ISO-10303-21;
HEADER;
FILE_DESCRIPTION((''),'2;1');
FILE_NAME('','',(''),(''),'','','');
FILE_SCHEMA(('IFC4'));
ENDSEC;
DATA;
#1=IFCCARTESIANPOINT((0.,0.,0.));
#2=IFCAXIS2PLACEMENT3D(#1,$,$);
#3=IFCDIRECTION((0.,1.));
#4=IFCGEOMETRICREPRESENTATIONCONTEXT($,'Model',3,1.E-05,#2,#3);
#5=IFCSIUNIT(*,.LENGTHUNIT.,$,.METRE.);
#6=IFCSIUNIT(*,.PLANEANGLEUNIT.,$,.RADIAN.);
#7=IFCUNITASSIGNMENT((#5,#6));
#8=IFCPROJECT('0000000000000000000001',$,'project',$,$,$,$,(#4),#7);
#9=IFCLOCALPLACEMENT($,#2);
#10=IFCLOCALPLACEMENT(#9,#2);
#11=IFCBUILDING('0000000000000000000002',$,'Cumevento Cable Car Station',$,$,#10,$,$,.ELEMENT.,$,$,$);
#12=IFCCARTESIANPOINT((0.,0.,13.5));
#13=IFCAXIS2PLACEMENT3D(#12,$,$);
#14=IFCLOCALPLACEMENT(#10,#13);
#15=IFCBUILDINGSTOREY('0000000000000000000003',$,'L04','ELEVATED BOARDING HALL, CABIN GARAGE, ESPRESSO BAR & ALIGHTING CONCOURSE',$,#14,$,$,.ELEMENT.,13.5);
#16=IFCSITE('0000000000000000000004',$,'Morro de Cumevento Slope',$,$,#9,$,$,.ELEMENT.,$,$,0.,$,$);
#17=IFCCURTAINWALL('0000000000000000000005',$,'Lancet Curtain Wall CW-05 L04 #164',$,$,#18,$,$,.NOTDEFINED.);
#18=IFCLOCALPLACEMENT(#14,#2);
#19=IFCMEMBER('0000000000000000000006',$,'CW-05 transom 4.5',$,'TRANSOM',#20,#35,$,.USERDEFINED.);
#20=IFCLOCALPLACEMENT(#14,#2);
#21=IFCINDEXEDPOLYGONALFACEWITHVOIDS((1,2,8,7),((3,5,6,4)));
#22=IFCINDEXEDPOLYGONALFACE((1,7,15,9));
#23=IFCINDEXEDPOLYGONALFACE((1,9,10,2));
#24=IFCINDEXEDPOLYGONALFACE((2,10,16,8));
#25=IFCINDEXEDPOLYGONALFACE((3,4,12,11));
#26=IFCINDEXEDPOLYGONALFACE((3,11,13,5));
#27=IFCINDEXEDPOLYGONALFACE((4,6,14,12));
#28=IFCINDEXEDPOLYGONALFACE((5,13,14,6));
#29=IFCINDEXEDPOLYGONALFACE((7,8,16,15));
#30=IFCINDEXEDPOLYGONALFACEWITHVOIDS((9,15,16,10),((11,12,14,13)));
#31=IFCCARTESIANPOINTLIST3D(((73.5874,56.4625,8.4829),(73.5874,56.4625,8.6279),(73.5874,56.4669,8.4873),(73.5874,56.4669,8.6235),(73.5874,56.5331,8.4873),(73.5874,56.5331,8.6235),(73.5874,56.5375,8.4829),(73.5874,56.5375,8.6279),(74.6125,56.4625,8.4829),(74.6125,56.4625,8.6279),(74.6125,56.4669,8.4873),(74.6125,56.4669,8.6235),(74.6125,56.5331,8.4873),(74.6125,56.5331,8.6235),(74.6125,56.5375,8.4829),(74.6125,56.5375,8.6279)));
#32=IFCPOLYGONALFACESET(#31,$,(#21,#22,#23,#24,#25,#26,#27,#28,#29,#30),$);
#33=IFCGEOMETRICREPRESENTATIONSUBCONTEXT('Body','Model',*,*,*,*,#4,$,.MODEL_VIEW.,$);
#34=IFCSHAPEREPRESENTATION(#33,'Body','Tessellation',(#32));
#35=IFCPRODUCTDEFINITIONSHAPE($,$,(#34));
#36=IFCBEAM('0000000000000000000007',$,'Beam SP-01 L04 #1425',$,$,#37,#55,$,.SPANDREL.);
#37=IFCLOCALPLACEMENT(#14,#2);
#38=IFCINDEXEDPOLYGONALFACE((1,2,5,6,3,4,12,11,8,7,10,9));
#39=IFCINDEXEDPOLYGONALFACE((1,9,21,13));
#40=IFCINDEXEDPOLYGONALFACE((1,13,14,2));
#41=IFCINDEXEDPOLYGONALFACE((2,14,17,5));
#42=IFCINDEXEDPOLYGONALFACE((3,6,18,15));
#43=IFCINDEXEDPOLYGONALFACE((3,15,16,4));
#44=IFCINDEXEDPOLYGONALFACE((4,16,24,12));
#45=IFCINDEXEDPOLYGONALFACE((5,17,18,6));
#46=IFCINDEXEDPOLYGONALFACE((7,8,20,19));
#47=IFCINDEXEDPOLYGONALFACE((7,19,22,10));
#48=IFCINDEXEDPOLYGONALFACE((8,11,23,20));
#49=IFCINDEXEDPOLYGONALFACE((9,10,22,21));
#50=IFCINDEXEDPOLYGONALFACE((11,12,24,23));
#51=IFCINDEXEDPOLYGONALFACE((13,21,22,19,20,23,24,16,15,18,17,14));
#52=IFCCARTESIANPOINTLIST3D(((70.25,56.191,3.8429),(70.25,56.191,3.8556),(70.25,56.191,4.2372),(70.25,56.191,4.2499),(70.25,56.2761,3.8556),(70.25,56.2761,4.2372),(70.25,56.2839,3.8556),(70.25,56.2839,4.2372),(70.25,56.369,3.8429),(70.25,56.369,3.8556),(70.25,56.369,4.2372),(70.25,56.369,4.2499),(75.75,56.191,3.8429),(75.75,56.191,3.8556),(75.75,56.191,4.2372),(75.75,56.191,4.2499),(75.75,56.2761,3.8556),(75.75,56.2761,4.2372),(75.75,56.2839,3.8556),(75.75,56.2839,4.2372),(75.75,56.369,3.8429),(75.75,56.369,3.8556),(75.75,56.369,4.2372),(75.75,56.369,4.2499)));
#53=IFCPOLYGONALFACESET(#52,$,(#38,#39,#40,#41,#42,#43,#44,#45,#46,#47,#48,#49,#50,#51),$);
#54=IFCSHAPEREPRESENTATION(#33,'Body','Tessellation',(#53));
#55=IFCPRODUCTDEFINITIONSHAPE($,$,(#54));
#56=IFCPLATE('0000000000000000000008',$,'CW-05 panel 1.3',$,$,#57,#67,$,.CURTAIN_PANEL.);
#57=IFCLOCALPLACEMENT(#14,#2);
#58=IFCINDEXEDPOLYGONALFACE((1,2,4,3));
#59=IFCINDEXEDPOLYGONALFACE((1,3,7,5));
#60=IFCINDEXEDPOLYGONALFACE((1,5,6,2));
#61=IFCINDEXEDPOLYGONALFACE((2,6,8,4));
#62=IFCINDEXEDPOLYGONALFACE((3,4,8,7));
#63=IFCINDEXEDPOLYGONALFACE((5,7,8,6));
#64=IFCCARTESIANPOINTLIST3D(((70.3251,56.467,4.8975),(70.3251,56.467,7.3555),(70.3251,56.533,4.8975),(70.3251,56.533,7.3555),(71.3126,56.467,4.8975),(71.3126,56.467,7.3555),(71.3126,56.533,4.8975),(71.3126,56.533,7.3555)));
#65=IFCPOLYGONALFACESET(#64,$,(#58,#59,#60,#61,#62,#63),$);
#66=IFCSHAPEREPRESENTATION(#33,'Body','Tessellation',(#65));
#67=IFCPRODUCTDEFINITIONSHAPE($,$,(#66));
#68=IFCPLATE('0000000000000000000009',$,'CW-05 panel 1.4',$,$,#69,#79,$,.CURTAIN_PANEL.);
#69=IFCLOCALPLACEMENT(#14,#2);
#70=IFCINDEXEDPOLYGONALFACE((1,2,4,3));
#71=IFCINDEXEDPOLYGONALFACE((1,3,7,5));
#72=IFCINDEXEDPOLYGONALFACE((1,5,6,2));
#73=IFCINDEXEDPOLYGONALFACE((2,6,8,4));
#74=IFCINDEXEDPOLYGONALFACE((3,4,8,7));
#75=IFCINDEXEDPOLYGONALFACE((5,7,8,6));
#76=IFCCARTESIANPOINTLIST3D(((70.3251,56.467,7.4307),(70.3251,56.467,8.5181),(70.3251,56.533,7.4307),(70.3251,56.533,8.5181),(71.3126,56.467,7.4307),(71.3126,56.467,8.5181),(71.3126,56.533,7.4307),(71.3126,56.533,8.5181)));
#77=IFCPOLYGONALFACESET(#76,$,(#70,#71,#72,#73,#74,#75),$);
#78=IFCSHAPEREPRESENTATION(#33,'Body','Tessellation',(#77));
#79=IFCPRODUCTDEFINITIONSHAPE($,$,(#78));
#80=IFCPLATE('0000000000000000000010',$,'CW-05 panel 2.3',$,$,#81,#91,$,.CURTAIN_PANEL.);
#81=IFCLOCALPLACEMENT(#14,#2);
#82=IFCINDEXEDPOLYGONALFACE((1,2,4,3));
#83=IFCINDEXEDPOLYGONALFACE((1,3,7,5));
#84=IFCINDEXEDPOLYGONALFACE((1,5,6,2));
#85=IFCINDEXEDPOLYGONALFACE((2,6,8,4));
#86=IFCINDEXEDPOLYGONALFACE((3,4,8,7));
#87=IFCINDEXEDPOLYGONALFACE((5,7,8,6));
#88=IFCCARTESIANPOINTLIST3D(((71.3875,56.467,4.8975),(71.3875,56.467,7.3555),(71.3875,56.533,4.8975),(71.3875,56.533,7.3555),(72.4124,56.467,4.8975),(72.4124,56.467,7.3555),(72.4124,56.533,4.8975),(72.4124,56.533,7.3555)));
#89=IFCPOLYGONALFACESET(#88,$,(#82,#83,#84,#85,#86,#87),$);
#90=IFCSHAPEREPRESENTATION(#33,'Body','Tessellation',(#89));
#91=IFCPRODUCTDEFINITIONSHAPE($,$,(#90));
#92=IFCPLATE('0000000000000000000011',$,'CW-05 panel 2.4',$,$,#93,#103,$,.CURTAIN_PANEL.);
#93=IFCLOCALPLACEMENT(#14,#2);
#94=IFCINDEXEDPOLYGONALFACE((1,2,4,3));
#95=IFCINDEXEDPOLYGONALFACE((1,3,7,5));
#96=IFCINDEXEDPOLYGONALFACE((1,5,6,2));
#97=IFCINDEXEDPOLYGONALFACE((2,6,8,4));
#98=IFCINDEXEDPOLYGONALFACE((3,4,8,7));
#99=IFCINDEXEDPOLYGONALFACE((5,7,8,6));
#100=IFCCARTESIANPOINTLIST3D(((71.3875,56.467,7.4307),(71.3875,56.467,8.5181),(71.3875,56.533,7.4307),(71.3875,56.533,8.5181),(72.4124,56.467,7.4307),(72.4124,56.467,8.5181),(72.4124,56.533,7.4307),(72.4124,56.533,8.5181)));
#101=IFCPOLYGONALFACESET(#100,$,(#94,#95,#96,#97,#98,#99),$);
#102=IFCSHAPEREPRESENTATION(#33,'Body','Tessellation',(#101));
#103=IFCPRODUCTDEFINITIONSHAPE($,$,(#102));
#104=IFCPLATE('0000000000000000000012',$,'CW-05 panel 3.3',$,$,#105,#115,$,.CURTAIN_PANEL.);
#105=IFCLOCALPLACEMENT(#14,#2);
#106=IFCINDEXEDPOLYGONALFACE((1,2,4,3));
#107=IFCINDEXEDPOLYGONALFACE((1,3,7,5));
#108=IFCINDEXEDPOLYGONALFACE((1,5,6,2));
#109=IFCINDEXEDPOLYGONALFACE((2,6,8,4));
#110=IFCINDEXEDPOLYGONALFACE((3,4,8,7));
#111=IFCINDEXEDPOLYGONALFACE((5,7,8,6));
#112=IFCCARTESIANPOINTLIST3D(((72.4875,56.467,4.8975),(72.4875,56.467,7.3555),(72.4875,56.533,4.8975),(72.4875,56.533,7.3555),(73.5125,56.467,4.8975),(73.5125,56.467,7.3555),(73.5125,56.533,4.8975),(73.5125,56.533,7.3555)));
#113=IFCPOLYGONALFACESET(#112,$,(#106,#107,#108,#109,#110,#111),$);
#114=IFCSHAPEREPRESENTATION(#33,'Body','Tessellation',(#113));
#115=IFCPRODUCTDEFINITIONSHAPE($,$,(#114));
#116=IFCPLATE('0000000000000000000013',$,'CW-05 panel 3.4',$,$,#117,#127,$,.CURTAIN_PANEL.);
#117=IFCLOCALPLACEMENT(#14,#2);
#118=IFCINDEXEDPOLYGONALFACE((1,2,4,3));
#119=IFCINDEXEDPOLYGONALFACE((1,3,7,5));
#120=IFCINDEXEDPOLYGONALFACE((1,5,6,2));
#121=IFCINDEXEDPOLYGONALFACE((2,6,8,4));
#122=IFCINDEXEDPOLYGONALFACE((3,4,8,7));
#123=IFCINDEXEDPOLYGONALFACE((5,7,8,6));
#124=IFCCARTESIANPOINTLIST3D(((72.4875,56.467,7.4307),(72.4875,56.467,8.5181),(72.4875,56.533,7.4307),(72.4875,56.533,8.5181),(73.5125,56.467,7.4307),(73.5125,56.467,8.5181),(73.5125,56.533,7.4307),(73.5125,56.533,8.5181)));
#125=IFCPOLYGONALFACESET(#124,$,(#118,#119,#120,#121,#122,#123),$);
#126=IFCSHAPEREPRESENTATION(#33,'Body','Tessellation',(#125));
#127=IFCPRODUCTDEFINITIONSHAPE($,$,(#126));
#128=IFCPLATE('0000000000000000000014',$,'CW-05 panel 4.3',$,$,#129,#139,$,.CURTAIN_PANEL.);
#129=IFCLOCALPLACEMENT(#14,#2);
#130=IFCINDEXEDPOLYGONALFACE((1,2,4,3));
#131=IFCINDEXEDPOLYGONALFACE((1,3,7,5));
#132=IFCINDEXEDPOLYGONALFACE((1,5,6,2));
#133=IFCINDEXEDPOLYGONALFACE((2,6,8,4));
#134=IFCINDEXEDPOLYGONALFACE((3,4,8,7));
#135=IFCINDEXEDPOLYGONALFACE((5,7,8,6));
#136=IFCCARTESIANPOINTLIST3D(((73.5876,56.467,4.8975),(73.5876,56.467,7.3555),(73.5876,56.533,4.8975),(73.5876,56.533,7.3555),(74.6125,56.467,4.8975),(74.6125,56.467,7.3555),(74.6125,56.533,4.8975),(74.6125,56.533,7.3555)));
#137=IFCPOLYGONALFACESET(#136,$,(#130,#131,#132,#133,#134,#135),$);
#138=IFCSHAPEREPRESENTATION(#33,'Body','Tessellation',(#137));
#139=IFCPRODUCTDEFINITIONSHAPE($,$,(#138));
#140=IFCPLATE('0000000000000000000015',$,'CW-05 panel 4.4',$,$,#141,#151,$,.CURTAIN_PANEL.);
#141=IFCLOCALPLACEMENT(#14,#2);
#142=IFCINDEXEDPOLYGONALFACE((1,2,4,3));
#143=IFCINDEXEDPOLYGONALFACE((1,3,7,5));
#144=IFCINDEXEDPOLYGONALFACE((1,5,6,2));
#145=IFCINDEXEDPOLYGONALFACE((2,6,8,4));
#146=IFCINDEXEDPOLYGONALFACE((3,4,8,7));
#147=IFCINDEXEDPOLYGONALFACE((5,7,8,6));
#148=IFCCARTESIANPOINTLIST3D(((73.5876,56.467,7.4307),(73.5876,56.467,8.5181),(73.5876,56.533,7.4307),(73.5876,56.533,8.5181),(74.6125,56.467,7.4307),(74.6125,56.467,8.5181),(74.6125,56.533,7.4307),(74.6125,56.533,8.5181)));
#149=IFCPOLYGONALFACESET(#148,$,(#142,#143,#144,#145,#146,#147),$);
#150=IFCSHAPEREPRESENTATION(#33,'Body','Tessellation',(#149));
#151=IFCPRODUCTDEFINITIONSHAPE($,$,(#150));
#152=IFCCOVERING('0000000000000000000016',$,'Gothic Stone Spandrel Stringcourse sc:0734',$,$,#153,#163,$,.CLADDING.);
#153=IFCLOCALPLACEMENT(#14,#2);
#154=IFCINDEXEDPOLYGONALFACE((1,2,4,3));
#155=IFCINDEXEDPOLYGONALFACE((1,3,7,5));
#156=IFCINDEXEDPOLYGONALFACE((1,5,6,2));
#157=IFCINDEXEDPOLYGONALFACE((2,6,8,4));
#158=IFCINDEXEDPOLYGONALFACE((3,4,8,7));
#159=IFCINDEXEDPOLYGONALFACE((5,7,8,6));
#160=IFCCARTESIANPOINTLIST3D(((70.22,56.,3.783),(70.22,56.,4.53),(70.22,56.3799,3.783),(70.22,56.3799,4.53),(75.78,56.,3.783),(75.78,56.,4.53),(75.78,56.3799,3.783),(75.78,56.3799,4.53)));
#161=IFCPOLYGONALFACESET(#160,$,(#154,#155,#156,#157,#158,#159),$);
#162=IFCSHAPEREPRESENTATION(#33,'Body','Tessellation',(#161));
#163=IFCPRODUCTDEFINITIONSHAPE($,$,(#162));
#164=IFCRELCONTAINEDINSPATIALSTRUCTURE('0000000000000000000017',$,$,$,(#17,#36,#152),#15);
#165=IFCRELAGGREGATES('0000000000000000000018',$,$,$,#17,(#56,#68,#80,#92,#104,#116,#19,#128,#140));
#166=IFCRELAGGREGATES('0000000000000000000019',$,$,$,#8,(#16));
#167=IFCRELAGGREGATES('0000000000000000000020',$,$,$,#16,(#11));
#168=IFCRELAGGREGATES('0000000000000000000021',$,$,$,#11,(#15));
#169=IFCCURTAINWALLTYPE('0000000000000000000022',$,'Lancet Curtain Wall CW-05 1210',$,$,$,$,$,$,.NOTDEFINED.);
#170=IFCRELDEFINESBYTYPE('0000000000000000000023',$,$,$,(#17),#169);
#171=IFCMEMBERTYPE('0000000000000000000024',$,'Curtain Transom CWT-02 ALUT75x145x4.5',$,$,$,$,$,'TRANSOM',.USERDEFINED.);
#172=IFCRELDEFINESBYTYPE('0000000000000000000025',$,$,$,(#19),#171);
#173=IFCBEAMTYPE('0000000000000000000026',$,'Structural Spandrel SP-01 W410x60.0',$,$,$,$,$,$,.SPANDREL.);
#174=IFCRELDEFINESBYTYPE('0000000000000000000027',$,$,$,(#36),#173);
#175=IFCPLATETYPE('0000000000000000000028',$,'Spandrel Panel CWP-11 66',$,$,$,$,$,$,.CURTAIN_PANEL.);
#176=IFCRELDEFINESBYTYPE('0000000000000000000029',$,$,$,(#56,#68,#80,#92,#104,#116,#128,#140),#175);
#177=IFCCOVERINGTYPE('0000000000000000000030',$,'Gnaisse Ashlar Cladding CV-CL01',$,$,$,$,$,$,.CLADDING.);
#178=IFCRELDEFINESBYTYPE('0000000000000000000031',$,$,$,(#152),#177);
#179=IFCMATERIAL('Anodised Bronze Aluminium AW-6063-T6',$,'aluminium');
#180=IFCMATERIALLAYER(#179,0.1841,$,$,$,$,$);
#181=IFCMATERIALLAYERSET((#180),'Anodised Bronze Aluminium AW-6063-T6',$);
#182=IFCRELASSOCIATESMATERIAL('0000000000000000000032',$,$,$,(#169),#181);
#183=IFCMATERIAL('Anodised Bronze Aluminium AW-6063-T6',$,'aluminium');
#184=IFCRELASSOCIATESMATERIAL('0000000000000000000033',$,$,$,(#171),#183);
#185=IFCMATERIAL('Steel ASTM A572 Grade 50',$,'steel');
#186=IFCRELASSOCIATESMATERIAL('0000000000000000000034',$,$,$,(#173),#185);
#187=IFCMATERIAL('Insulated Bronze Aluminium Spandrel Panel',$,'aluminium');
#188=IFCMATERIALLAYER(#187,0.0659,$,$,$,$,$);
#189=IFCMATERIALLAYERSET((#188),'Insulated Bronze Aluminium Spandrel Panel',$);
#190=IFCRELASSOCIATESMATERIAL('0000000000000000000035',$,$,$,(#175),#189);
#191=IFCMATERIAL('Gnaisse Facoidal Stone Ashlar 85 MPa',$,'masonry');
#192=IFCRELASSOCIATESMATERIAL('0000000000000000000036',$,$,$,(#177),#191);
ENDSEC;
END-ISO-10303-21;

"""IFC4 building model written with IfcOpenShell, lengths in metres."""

from ifc_helpers import new_model, si_unit, direction, frame, origin, origin_2d, place, context, subcontext, project, spatial, rectangle, hollow_rectangle, i_section, extrude, material, layer, layer_set, material_profile, profile_set, type_object, element, aggregate, save


model = new_model("IFC4")

# Units and contexts
model_context = context("Model", 3, precision=1e-05, world=origin(), true_north=direction((0.0, 1.0)))
body_context = subcontext(model_context, "Body", "Model", "MODEL_VIEW")
ifc_project = project(units=[si_unit("LENGTHUNIT", "METRE"), si_unit("PLANEANGLEUNIT", "RADIAN")], contexts=[model_context])

# Site, building, storey
site_placement = place(None, origin())
site = spatial("IfcSite", under=ifc_project, at=site_placement, Name="Morro de Cumevento Slope", CompositionType="ELEMENT", RefElevation=0.0)
building_placement = place(site_placement, origin())
building = spatial("IfcBuilding", under=site, at=building_placement, Name="Cumevento Cable Car Station", CompositionType="ELEMENT")
storey_placement = place(building_placement, frame((0.0, 0.0, 13.5)))
storey = spatial("IfcBuildingStorey", under=building, at=storey_placement, Name="L04", Description="ELEVATED BOARDING HALL, CABIN GARAGE, ESPRESSO BAR & ALIGHTING CONCOURSE", CompositionType="ELEMENT", Elevation=13.5)

# Curtain wall, member
ifc_material_1 = material(Name="Anodised Bronze Aluminium AW-6063-T6", Category="aluminium")
ifc_layer_1 = layer(ifc_material_1, 0.1841)
ifc_layer_set_1 = layer_set([ifc_layer_1], Name="Anodised Bronze Aluminium AW-6063-T6")
curtain_wall_type = type_object("IfcCurtainWallType", Name="Lancet Curtain Wall CW-05 1210", PredefinedType="NOTDEFINED", material=ifc_layer_set_1)
curtain_wall_placement = place(storey_placement, origin())
curtain_wall = element("IfcCurtainWall", 1, at=curtain_wall_placement, inside=storey, type_object=curtain_wall_type, Name="Lancet Curtain Wall CW-05 L04 #164", PredefinedType="NOTDEFINED")
ifc_material_2 = material(Name="Anodised Bronze Aluminium AW-6063-T6", Category="aluminium")
ifc_material_profile_1 = material_profile(ifc_material_2, hollow_rectangle(XDim=0.075, YDim=0.145, WallThickness=0.0044, at=origin_2d()), Name="ALUT75x145x4.5")
ifc_profile_set_1 = profile_set([ifc_material_profile_1], Name="Anodised Bronze Aluminium AW-6063-T6")
member_type = type_object("IfcMemberType", Name="Curtain Transom CWT-02 ALUT75x145x4.5", ElementType="TRANSOM", PredefinedType="USERDEFINED", material=ifc_profile_set_1)
member_1_placement = place(storey_placement, frame((73.5874, 56.5, 8.5554), z_axis=(1.0, 0.0, 0.0), x_axis=(0.0, 1.0, 0.0)))
member_1 = element("IfcMember", 2, at=member_1_placement, type_object=member_type, Name="CW-05 transom 4.5", ObjectType="TRANSOM", PredefinedType="USERDEFINED", context=body_context, shape_type="SweptSolid", body=[
    extrude(hollow_rectangle(XDim=0.075, YDim=0.145, WallThickness=0.0044, at=origin_2d()), origin(), (0.0, 0.0, 1.0), 1.0251),
])

# Beam
ifc_material_3 = material(Name="Steel ASTM A572 Grade 50", Category="steel")
ifc_material_profile_2 = material_profile(ifc_material_3, i_section(OverallWidth=0.178, OverallDepth=0.407, WebThickness=0.0078, FlangeThickness=0.0127, at=origin_2d()), Name="W410x60.0")
ifc_profile_set_2 = profile_set([ifc_material_profile_2], Name="Steel ASTM A572 Grade 50")
beam_type = type_object("IfcBeamType", Name="Structural Spandrel SP-01 W410x60.0", PredefinedType="SPANDREL", material=ifc_profile_set_2)
beam_placement = place(storey_placement, frame((70.25, 56.28, 4.0464), z_axis=(1.0, 0.0, 0.0), x_axis=(0.0, 1.0, 0.0)))
element("IfcBeam", 3, at=beam_placement, inside=storey, type_object=beam_type, Name="Beam SP-01 L04 #1425", PredefinedType="SPANDREL", context=body_context, shape_type="SweptSolid", body=[
    extrude(i_section(OverallWidth=0.178, OverallDepth=0.407, WebThickness=0.0078, FlangeThickness=0.0127, at=origin_2d()), origin(), (0.0, 0.0, 1.0), 5.5),
])

# Plates
ifc_material_4 = material(Name="Insulated Bronze Aluminium Spandrel Panel", Category="aluminium")
ifc_layer_2 = layer(ifc_material_4, 0.0659)
ifc_layer_set_2 = layer_set([ifc_layer_2], Name="Insulated Bronze Aluminium Spandrel Panel")
plate_type = type_object("IfcPlateType", Name="Spandrel Panel CWP-11 66", PredefinedType="CURTAIN_PANEL", material=ifc_layer_set_2)
plate_1_placement = place(storey_placement, frame((70.8188, 56.5, 4.8975), z_axis=(0.0, 0.0, 1.0), x_axis=(1.0, 0.0, 0.0)))
plate_1 = element("IfcPlate", 4, at=plate_1_placement, type_object=plate_type, Name="CW-05 panel 1.3", PredefinedType="CURTAIN_PANEL", context=body_context, shape_type="SweptSolid", body=[
    extrude(rectangle(XDim=0.9875, YDim=0.0659, at=origin_2d()), origin(), (0.0, 0.0, 1.0), 2.458),
])
plate_2_placement = place(storey_placement, frame((70.8188, 56.5, 7.4307), z_axis=(0.0, 0.0, 1.0), x_axis=(1.0, 0.0, 0.0)))
plate_2 = element("IfcPlate", 5, at=plate_2_placement, type_object=plate_type, Name="CW-05 panel 1.4", PredefinedType="CURTAIN_PANEL", context=body_context, shape_type="SweptSolid", body=[
    extrude(rectangle(XDim=0.9875, YDim=0.0659, at=origin_2d()), origin(), (0.0, 0.0, 1.0), 1.0874),
])
plate_3_placement = place(storey_placement, frame((71.8999, 56.5, 4.8975), z_axis=(0.0, 0.0, 1.0), x_axis=(1.0, 0.0, 0.0)))
plate_3 = element("IfcPlate", 6, at=plate_3_placement, type_object=plate_type, Name="CW-05 panel 2.3", PredefinedType="CURTAIN_PANEL", context=body_context, shape_type="SweptSolid", body=[
    extrude(rectangle(XDim=1.0249, YDim=0.0659, at=origin_2d()), origin(), (0.0, 0.0, 1.0), 2.458),
])
plate_4_placement = place(storey_placement, frame((71.8999, 56.5, 7.4307), z_axis=(0.0, 0.0, 1.0), x_axis=(1.0, 0.0, 0.0)))
plate_4 = element("IfcPlate", 7, at=plate_4_placement, type_object=plate_type, Name="CW-05 panel 2.4", PredefinedType="CURTAIN_PANEL", context=body_context, shape_type="SweptSolid", body=[
    extrude(rectangle(XDim=1.0249, YDim=0.0659, at=origin_2d()), origin(), (0.0, 0.0, 1.0), 1.0874),
])
plate_5_placement = place(storey_placement, frame((73.0, 56.5, 4.8975), z_axis=(0.0, 0.0, 1.0), x_axis=(1.0, 0.0, 0.0)))
plate_5 = element("IfcPlate", 8, at=plate_5_placement, type_object=plate_type, Name="CW-05 panel 3.3", PredefinedType="CURTAIN_PANEL", context=body_context, shape_type="SweptSolid", body=[
    extrude(rectangle(XDim=1.0249, YDim=0.0659, at=origin_2d()), origin(), (0.0, 0.0, 1.0), 2.458),
])
plate_6_placement = place(storey_placement, frame((73.0, 56.5, 7.4307), z_axis=(0.0, 0.0, 1.0), x_axis=(1.0, 0.0, 0.0)))
plate_6 = element("IfcPlate", 9, at=plate_6_placement, type_object=plate_type, Name="CW-05 panel 3.4", PredefinedType="CURTAIN_PANEL", context=body_context, shape_type="SweptSolid", body=[
    extrude(rectangle(XDim=1.0249, YDim=0.0659, at=origin_2d()), origin(), (0.0, 0.0, 1.0), 1.0874),
])
plate_7_placement = place(storey_placement, frame((74.1001, 56.5, 4.8975), z_axis=(0.0, 0.0, 1.0), x_axis=(1.0, 0.0, 0.0)))
plate_7 = element("IfcPlate", 10, at=plate_7_placement, type_object=plate_type, Name="CW-05 panel 4.3", PredefinedType="CURTAIN_PANEL", context=body_context, shape_type="SweptSolid", body=[
    extrude(rectangle(XDim=1.0249, YDim=0.0659, at=origin_2d()), origin(), (0.0, 0.0, 1.0), 2.458),
])
plate_8_placement = place(storey_placement, frame((74.1001, 56.5, 7.4307), z_axis=(0.0, 0.0, 1.0), x_axis=(1.0, 0.0, 0.0)))
plate_8 = element("IfcPlate", 11, at=plate_8_placement, type_object=plate_type, Name="CW-05 panel 4.4", PredefinedType="CURTAIN_PANEL", context=body_context, shape_type="SweptSolid", body=[
    extrude(rectangle(XDim=1.0249, YDim=0.0659, at=origin_2d()), origin(), (0.0, 0.0, 1.0), 1.0874),
])
aggregate(curtain_wall, [plate_1, plate_2, plate_3, plate_4, plate_5, plate_6, member_1, plate_7, plate_8])

# Covering
ifc_material_5 = material(Name="Gnaisse Facoidal Stone Ashlar 85 MPa", Category="masonry")
covering_type = type_object("IfcCoveringType", Name="Gnaisse Ashlar Cladding CV-CL01", PredefinedType="CLADDING", material=ifc_material_5)
covering_1_placement = place(storey_placement, frame((73.0, 56.1899, 3.783), z_axis=(0.0, 0.0, 1.0), x_axis=(1.0, 0.0, 0.0)))
element("IfcCovering", 12, at=covering_1_placement, inside=storey, type_object=covering_type, Name="Gothic Stone Spandrel Stringcourse sc:0734", PredefinedType="CLADDING", context=body_context, shape_type="SweptSolid", body=[
    extrude(rectangle(XDim=5.5601, YDim=0.3799, at=origin_2d()), origin(), (0.0, 0.0, 1.0), 0.7471),
])

save(model, "model.ifc")
